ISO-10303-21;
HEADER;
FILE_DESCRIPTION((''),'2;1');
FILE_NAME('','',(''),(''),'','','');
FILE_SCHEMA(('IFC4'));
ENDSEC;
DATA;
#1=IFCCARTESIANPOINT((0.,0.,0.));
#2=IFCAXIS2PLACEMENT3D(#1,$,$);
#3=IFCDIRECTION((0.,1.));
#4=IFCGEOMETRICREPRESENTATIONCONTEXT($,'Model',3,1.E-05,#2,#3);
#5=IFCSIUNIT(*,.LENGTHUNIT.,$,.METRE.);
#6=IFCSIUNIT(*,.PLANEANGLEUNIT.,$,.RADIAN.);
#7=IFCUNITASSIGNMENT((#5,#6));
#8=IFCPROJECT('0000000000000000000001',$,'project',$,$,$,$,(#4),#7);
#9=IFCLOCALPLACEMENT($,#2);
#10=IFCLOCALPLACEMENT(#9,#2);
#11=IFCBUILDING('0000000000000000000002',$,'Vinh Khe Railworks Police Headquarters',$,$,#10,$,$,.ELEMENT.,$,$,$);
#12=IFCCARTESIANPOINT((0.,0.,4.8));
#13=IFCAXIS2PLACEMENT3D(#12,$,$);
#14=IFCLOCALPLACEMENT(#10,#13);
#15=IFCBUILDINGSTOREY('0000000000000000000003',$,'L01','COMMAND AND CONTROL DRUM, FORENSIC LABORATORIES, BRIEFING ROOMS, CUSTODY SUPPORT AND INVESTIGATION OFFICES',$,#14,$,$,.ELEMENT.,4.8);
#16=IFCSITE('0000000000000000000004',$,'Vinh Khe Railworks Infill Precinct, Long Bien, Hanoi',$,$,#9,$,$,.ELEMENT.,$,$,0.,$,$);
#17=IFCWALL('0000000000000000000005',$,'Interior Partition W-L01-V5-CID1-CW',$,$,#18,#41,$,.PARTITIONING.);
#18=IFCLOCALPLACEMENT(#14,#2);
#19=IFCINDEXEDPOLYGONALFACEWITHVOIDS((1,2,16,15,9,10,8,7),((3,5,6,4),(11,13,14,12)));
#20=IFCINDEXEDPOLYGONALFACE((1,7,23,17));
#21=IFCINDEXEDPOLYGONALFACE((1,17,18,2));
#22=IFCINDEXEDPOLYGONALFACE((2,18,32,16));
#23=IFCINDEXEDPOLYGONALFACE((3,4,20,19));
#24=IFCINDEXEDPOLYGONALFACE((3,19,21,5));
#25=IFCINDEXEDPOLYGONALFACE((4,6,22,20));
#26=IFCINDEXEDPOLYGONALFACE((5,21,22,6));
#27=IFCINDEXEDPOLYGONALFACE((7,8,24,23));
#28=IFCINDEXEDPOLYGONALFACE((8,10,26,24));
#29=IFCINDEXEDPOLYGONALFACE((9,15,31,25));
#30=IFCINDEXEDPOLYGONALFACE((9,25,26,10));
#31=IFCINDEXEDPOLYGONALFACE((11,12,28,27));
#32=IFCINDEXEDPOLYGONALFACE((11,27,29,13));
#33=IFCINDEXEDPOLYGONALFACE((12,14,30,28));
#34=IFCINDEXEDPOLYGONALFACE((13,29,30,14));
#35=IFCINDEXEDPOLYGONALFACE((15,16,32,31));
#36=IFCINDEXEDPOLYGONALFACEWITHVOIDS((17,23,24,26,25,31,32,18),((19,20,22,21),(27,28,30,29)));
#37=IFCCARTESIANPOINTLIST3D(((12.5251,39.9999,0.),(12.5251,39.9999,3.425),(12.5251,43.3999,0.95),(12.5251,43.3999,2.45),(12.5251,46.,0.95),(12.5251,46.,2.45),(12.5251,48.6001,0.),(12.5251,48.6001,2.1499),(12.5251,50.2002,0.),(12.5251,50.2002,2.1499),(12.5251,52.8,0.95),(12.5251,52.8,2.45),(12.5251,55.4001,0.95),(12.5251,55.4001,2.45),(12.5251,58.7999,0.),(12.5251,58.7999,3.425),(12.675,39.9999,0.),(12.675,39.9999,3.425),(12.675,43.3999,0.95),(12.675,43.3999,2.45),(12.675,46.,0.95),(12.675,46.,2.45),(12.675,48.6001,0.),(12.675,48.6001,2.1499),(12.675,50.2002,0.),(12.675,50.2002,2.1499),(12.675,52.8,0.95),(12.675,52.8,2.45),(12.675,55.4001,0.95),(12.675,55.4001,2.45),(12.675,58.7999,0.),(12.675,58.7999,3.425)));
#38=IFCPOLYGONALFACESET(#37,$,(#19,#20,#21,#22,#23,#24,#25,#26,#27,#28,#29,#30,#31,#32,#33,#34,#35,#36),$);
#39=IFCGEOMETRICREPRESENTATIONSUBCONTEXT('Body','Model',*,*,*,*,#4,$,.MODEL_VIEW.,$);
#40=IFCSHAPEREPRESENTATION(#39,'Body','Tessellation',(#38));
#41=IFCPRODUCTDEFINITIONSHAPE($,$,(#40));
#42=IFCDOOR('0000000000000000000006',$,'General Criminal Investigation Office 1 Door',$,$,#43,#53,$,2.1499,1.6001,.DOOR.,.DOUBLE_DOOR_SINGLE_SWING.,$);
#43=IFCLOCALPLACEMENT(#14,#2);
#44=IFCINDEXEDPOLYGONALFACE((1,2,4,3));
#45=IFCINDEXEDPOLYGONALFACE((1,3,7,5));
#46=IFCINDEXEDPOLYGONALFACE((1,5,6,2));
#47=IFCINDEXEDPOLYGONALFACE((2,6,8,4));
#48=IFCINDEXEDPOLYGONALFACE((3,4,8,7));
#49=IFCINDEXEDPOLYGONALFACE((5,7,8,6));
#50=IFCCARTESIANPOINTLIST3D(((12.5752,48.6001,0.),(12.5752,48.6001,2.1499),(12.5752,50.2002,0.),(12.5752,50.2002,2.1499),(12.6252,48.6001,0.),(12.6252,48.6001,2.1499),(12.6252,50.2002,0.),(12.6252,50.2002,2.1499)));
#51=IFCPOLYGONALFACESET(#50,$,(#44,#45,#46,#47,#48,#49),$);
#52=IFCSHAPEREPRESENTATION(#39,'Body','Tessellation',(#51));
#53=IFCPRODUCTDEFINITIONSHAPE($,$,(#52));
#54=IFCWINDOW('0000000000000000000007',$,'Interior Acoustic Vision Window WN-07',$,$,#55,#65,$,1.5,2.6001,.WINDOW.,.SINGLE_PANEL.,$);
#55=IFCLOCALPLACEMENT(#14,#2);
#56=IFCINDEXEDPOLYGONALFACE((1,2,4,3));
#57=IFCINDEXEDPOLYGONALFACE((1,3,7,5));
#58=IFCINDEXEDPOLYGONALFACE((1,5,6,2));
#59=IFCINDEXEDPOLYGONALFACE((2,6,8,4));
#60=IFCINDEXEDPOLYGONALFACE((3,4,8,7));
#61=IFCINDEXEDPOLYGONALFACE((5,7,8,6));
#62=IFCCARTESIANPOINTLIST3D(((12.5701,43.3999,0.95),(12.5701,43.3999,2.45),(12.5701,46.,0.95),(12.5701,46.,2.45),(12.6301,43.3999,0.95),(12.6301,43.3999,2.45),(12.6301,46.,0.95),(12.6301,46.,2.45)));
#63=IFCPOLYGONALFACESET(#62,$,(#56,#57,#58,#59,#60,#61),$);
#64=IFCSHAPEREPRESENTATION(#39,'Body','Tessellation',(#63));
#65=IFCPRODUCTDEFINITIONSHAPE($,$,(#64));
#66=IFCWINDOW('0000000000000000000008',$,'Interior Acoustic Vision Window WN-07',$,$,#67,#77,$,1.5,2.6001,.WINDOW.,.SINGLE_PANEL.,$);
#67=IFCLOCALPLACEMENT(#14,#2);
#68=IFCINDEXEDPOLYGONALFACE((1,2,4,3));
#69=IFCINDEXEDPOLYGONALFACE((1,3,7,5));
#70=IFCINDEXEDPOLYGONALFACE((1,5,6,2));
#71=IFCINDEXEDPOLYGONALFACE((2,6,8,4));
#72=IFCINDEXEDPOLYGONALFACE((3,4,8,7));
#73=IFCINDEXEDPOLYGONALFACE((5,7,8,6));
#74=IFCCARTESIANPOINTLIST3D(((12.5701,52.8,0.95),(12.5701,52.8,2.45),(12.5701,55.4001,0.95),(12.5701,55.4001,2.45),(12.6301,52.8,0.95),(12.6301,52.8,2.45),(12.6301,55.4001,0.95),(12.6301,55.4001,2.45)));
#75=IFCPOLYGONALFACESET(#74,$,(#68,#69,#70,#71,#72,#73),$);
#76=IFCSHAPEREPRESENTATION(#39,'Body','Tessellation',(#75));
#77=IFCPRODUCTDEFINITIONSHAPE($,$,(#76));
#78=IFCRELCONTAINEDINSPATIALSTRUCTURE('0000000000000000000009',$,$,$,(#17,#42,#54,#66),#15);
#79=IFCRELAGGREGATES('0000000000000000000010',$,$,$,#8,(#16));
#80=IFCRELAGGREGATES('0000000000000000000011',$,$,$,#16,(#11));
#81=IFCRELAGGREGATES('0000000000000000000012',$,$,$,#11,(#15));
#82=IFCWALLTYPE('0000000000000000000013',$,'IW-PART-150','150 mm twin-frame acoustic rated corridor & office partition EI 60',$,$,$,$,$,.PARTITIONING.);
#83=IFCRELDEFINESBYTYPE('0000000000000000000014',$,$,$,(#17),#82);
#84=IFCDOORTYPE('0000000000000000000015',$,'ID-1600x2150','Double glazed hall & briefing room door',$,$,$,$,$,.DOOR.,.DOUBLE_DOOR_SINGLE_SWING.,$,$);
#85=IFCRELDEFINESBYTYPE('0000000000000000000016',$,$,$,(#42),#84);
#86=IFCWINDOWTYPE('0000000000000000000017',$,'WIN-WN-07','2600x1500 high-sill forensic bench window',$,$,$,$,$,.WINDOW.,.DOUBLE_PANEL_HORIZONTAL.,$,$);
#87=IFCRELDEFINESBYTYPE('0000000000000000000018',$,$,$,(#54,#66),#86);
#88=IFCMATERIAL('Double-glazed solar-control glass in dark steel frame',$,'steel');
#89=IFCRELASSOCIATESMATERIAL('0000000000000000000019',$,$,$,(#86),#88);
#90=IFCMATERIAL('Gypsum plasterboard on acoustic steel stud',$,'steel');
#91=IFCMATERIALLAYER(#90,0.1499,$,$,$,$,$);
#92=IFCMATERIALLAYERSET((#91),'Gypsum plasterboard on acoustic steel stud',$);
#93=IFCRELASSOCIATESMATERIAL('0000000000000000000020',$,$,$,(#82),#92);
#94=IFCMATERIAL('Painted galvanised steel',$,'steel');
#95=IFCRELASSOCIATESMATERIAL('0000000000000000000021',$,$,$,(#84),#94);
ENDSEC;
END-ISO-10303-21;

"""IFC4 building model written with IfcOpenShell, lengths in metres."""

from ifc_helpers import new_model, si_unit, direction, frame, frame_2d, origin, place, context, subcontext, project, spatial, rectangle, extrude, material, layer, layer_set, type_object, element, fill, save


model = new_model("IFC4")

# Units and contexts
model_context = context("Model", 3, precision=1e-05, world=origin(), true_north=direction((0.0, 1.0)))
body_context = subcontext(model_context, "Body", "Model", "MODEL_VIEW")
ifc_project = project(units=[si_unit("LENGTHUNIT", "METRE"), si_unit("PLANEANGLEUNIT", "RADIAN")], contexts=[model_context])

# Site, building, storey
site_placement = place(None, origin())
site = spatial("IfcSite", under=ifc_project, at=site_placement, Name="Vinh Khe Railworks Infill Precinct, Long Bien, Hanoi", CompositionType="ELEMENT", RefElevation=0.0)
building_placement = place(site_placement, origin())
building = spatial("IfcBuilding", under=site, at=building_placement, Name="Vinh Khe Railworks Police Headquarters", CompositionType="ELEMENT")
storey_placement = place(building_placement, frame((0.0, 0.0, 4.8)))
storey = spatial("IfcBuildingStorey", under=building, at=storey_placement, Name="L01", Description="COMMAND AND CONTROL DRUM, FORENSIC LABORATORIES, BRIEFING ROOMS, CUSTODY SUPPORT AND INVESTIGATION OFFICES", CompositionType="ELEMENT", Elevation=4.8)

# Shared definitions
ifc_material_1 = material(Name="Painted galvanised steel", Category="steel")

# Shared definitions
ifc_material_2 = material(Name="Double-glazed solar-control glass in dark steel frame", Category="steel")

# Shared definitions
window_type_1 = type_object("IfcWindowType", Name="WIN-WN-07", Description="2600x1500 high-sill forensic bench window", PartitioningType="DOUBLE_PANEL_HORIZONTAL", PredefinedType="WINDOW", material=ifc_material_2)

# Wall, openings, door, windows
ifc_material_3 = material(Name="Gypsum plasterboard on acoustic steel stud", Category="steel")
ifc_layer_1 = layer(ifc_material_3, 0.1499)
ifc_layer_set_1 = layer_set([ifc_layer_1], Name="Gypsum plasterboard on acoustic steel stud")
wall_type_1 = type_object("IfcWallType", Name="IW-PART-150", Description="150 mm twin-frame acoustic rated corridor & office partition EI 60", PredefinedType="PARTITIONING", material=ifc_layer_set_1)
wall_1_placement = place(storey_placement, frame((12.6001, 40.0, 0.0), z_axis=(0.0, 0.0, 1.0), x_axis=(0.0, 1.0, 0.0)))
wall_1 = element("IfcWall", 1, at=wall_1_placement, inside=storey, type_object=wall_type_1, Name="Interior Partition W-L01-V5-CID1-CW", PredefinedType="PARTITIONING", context=body_context, shape_type="SweptSolid", body=[
    extrude(rectangle(XDim=18.8, YDim=0.1499, at=frame_2d((9.3999, 0.0))), origin(), (0.0, 0.0, 1.0), 3.425),
])
opening_1_placement = place(wall_1_placement, frame((8.6001, 0.0, 0.0)))
opening_1 = element("IfcOpeningElement", 2, at=opening_1_placement, cuts=wall_1, PredefinedType="OPENING", context=body_context, shape_type="SweptSolid", body=[
    extrude(rectangle(XDim=1.6001, YDim=2.1499, at=frame_2d((0.8, 1.075))), frame((0.0, 0.0898, 0.0), z_axis=(0.0, -1.0, 0.0), x_axis=(1.0, 0.0, 0.0)), (0.0, 0.0, 1.0), 0.1797),
])
opening_2_placement = place(wall_1_placement, frame((3.3999, 0.0, 0.95)))
opening_2 = element("IfcOpeningElement", 3, at=opening_2_placement, cuts=wall_1, PredefinedType="OPENING", context=body_context, shape_type="SweptSolid", body=[
    extrude(rectangle(XDim=2.6001, YDim=1.5, at=frame_2d((1.3, 0.75))), frame((0.0, 0.0898, 0.0), z_axis=(0.0, -1.0, 0.0), x_axis=(1.0, 0.0, 0.0)), (0.0, 0.0, 1.0), 0.1797),
])
opening_3_placement = place(wall_1_placement, frame((12.8, 0.0, 0.95)))
opening_3 = element("IfcOpeningElement", 4, at=opening_3_placement, cuts=wall_1, PredefinedType="OPENING", context=body_context, shape_type="SweptSolid", body=[
    extrude(rectangle(XDim=2.6001, YDim=1.5, at=frame_2d((1.3, 0.75))), frame((0.0, 0.0898, 0.0), z_axis=(0.0, -1.0, 0.0), x_axis=(1.0, 0.0, 0.0)), (0.0, 0.0, 1.0), 0.1797),
])
door_type_1 = type_object("IfcDoorType", Name="ID-1600x2150", Description="Double glazed hall & briefing room door", OperationType="DOUBLE_DOOR_SINGLE_SWING", PredefinedType="DOOR", material=ifc_material_1)
door_1_placement = place(opening_1_placement, origin())
door_1 = element("IfcDoor", 5, at=door_1_placement, inside=storey, type_object=door_type_1, Name="General Criminal Investigation Office 1 Door", OperationType="DOUBLE_DOOR_SINGLE_SWING", OverallHeight=2.1499, OverallWidth=1.6001, PredefinedType="DOOR", context=body_context, shape_type="SweptSolid", body=[
    extrude(rectangle(XDim=1.6001, YDim=2.1499, at=frame_2d((0.8, 1.075))), frame((0.0, 0.0249, 0.0), z_axis=(0.0, -1.0, 0.0), x_axis=(1.0, 0.0, 0.0)), (0.0, 0.0, 1.0), 0.05),
])
fill(opening_1, door_1)
window_1_placement = place(opening_2_placement, origin())
window_1 = element("IfcWindow", 6, at=window_1_placement, inside=storey, type_object=window_type_1, Name="Interior Acoustic Vision Window WN-07", OverallHeight=1.5, OverallWidth=2.6001, PartitioningType="SINGLE_PANEL", PredefinedType="WINDOW", context=body_context, shape_type="SweptSolid", body=[
    extrude(rectangle(XDim=2.6001, YDim=1.5, at=frame_2d((1.3, 0.75))), frame((0.0, 0.03, 0.0), z_axis=(0.0, -1.0, 0.0), x_axis=(1.0, 0.0, 0.0)), (0.0, 0.0, 1.0), 0.0601),
])
fill(opening_2, window_1)
window_2_placement = place(opening_3_placement, origin())
window_2 = element("IfcWindow", 7, at=window_2_placement, inside=storey, type_object=window_type_1, Name="Interior Acoustic Vision Window WN-07", OverallHeight=1.5, OverallWidth=2.6001, PartitioningType="SINGLE_PANEL", PredefinedType="WINDOW", context=body_context, shape_type="SweptSolid", body=[
    extrude(rectangle(XDim=2.6001, YDim=1.5, at=frame_2d((1.3, 0.75))), frame((0.0, 0.03, 0.0), z_axis=(0.0, -1.0, 0.0), x_axis=(1.0, 0.0, 0.0)), (0.0, 0.0, 1.0), 0.0601),
])
fill(opening_3, window_2)

save(model, "model.ifc")
